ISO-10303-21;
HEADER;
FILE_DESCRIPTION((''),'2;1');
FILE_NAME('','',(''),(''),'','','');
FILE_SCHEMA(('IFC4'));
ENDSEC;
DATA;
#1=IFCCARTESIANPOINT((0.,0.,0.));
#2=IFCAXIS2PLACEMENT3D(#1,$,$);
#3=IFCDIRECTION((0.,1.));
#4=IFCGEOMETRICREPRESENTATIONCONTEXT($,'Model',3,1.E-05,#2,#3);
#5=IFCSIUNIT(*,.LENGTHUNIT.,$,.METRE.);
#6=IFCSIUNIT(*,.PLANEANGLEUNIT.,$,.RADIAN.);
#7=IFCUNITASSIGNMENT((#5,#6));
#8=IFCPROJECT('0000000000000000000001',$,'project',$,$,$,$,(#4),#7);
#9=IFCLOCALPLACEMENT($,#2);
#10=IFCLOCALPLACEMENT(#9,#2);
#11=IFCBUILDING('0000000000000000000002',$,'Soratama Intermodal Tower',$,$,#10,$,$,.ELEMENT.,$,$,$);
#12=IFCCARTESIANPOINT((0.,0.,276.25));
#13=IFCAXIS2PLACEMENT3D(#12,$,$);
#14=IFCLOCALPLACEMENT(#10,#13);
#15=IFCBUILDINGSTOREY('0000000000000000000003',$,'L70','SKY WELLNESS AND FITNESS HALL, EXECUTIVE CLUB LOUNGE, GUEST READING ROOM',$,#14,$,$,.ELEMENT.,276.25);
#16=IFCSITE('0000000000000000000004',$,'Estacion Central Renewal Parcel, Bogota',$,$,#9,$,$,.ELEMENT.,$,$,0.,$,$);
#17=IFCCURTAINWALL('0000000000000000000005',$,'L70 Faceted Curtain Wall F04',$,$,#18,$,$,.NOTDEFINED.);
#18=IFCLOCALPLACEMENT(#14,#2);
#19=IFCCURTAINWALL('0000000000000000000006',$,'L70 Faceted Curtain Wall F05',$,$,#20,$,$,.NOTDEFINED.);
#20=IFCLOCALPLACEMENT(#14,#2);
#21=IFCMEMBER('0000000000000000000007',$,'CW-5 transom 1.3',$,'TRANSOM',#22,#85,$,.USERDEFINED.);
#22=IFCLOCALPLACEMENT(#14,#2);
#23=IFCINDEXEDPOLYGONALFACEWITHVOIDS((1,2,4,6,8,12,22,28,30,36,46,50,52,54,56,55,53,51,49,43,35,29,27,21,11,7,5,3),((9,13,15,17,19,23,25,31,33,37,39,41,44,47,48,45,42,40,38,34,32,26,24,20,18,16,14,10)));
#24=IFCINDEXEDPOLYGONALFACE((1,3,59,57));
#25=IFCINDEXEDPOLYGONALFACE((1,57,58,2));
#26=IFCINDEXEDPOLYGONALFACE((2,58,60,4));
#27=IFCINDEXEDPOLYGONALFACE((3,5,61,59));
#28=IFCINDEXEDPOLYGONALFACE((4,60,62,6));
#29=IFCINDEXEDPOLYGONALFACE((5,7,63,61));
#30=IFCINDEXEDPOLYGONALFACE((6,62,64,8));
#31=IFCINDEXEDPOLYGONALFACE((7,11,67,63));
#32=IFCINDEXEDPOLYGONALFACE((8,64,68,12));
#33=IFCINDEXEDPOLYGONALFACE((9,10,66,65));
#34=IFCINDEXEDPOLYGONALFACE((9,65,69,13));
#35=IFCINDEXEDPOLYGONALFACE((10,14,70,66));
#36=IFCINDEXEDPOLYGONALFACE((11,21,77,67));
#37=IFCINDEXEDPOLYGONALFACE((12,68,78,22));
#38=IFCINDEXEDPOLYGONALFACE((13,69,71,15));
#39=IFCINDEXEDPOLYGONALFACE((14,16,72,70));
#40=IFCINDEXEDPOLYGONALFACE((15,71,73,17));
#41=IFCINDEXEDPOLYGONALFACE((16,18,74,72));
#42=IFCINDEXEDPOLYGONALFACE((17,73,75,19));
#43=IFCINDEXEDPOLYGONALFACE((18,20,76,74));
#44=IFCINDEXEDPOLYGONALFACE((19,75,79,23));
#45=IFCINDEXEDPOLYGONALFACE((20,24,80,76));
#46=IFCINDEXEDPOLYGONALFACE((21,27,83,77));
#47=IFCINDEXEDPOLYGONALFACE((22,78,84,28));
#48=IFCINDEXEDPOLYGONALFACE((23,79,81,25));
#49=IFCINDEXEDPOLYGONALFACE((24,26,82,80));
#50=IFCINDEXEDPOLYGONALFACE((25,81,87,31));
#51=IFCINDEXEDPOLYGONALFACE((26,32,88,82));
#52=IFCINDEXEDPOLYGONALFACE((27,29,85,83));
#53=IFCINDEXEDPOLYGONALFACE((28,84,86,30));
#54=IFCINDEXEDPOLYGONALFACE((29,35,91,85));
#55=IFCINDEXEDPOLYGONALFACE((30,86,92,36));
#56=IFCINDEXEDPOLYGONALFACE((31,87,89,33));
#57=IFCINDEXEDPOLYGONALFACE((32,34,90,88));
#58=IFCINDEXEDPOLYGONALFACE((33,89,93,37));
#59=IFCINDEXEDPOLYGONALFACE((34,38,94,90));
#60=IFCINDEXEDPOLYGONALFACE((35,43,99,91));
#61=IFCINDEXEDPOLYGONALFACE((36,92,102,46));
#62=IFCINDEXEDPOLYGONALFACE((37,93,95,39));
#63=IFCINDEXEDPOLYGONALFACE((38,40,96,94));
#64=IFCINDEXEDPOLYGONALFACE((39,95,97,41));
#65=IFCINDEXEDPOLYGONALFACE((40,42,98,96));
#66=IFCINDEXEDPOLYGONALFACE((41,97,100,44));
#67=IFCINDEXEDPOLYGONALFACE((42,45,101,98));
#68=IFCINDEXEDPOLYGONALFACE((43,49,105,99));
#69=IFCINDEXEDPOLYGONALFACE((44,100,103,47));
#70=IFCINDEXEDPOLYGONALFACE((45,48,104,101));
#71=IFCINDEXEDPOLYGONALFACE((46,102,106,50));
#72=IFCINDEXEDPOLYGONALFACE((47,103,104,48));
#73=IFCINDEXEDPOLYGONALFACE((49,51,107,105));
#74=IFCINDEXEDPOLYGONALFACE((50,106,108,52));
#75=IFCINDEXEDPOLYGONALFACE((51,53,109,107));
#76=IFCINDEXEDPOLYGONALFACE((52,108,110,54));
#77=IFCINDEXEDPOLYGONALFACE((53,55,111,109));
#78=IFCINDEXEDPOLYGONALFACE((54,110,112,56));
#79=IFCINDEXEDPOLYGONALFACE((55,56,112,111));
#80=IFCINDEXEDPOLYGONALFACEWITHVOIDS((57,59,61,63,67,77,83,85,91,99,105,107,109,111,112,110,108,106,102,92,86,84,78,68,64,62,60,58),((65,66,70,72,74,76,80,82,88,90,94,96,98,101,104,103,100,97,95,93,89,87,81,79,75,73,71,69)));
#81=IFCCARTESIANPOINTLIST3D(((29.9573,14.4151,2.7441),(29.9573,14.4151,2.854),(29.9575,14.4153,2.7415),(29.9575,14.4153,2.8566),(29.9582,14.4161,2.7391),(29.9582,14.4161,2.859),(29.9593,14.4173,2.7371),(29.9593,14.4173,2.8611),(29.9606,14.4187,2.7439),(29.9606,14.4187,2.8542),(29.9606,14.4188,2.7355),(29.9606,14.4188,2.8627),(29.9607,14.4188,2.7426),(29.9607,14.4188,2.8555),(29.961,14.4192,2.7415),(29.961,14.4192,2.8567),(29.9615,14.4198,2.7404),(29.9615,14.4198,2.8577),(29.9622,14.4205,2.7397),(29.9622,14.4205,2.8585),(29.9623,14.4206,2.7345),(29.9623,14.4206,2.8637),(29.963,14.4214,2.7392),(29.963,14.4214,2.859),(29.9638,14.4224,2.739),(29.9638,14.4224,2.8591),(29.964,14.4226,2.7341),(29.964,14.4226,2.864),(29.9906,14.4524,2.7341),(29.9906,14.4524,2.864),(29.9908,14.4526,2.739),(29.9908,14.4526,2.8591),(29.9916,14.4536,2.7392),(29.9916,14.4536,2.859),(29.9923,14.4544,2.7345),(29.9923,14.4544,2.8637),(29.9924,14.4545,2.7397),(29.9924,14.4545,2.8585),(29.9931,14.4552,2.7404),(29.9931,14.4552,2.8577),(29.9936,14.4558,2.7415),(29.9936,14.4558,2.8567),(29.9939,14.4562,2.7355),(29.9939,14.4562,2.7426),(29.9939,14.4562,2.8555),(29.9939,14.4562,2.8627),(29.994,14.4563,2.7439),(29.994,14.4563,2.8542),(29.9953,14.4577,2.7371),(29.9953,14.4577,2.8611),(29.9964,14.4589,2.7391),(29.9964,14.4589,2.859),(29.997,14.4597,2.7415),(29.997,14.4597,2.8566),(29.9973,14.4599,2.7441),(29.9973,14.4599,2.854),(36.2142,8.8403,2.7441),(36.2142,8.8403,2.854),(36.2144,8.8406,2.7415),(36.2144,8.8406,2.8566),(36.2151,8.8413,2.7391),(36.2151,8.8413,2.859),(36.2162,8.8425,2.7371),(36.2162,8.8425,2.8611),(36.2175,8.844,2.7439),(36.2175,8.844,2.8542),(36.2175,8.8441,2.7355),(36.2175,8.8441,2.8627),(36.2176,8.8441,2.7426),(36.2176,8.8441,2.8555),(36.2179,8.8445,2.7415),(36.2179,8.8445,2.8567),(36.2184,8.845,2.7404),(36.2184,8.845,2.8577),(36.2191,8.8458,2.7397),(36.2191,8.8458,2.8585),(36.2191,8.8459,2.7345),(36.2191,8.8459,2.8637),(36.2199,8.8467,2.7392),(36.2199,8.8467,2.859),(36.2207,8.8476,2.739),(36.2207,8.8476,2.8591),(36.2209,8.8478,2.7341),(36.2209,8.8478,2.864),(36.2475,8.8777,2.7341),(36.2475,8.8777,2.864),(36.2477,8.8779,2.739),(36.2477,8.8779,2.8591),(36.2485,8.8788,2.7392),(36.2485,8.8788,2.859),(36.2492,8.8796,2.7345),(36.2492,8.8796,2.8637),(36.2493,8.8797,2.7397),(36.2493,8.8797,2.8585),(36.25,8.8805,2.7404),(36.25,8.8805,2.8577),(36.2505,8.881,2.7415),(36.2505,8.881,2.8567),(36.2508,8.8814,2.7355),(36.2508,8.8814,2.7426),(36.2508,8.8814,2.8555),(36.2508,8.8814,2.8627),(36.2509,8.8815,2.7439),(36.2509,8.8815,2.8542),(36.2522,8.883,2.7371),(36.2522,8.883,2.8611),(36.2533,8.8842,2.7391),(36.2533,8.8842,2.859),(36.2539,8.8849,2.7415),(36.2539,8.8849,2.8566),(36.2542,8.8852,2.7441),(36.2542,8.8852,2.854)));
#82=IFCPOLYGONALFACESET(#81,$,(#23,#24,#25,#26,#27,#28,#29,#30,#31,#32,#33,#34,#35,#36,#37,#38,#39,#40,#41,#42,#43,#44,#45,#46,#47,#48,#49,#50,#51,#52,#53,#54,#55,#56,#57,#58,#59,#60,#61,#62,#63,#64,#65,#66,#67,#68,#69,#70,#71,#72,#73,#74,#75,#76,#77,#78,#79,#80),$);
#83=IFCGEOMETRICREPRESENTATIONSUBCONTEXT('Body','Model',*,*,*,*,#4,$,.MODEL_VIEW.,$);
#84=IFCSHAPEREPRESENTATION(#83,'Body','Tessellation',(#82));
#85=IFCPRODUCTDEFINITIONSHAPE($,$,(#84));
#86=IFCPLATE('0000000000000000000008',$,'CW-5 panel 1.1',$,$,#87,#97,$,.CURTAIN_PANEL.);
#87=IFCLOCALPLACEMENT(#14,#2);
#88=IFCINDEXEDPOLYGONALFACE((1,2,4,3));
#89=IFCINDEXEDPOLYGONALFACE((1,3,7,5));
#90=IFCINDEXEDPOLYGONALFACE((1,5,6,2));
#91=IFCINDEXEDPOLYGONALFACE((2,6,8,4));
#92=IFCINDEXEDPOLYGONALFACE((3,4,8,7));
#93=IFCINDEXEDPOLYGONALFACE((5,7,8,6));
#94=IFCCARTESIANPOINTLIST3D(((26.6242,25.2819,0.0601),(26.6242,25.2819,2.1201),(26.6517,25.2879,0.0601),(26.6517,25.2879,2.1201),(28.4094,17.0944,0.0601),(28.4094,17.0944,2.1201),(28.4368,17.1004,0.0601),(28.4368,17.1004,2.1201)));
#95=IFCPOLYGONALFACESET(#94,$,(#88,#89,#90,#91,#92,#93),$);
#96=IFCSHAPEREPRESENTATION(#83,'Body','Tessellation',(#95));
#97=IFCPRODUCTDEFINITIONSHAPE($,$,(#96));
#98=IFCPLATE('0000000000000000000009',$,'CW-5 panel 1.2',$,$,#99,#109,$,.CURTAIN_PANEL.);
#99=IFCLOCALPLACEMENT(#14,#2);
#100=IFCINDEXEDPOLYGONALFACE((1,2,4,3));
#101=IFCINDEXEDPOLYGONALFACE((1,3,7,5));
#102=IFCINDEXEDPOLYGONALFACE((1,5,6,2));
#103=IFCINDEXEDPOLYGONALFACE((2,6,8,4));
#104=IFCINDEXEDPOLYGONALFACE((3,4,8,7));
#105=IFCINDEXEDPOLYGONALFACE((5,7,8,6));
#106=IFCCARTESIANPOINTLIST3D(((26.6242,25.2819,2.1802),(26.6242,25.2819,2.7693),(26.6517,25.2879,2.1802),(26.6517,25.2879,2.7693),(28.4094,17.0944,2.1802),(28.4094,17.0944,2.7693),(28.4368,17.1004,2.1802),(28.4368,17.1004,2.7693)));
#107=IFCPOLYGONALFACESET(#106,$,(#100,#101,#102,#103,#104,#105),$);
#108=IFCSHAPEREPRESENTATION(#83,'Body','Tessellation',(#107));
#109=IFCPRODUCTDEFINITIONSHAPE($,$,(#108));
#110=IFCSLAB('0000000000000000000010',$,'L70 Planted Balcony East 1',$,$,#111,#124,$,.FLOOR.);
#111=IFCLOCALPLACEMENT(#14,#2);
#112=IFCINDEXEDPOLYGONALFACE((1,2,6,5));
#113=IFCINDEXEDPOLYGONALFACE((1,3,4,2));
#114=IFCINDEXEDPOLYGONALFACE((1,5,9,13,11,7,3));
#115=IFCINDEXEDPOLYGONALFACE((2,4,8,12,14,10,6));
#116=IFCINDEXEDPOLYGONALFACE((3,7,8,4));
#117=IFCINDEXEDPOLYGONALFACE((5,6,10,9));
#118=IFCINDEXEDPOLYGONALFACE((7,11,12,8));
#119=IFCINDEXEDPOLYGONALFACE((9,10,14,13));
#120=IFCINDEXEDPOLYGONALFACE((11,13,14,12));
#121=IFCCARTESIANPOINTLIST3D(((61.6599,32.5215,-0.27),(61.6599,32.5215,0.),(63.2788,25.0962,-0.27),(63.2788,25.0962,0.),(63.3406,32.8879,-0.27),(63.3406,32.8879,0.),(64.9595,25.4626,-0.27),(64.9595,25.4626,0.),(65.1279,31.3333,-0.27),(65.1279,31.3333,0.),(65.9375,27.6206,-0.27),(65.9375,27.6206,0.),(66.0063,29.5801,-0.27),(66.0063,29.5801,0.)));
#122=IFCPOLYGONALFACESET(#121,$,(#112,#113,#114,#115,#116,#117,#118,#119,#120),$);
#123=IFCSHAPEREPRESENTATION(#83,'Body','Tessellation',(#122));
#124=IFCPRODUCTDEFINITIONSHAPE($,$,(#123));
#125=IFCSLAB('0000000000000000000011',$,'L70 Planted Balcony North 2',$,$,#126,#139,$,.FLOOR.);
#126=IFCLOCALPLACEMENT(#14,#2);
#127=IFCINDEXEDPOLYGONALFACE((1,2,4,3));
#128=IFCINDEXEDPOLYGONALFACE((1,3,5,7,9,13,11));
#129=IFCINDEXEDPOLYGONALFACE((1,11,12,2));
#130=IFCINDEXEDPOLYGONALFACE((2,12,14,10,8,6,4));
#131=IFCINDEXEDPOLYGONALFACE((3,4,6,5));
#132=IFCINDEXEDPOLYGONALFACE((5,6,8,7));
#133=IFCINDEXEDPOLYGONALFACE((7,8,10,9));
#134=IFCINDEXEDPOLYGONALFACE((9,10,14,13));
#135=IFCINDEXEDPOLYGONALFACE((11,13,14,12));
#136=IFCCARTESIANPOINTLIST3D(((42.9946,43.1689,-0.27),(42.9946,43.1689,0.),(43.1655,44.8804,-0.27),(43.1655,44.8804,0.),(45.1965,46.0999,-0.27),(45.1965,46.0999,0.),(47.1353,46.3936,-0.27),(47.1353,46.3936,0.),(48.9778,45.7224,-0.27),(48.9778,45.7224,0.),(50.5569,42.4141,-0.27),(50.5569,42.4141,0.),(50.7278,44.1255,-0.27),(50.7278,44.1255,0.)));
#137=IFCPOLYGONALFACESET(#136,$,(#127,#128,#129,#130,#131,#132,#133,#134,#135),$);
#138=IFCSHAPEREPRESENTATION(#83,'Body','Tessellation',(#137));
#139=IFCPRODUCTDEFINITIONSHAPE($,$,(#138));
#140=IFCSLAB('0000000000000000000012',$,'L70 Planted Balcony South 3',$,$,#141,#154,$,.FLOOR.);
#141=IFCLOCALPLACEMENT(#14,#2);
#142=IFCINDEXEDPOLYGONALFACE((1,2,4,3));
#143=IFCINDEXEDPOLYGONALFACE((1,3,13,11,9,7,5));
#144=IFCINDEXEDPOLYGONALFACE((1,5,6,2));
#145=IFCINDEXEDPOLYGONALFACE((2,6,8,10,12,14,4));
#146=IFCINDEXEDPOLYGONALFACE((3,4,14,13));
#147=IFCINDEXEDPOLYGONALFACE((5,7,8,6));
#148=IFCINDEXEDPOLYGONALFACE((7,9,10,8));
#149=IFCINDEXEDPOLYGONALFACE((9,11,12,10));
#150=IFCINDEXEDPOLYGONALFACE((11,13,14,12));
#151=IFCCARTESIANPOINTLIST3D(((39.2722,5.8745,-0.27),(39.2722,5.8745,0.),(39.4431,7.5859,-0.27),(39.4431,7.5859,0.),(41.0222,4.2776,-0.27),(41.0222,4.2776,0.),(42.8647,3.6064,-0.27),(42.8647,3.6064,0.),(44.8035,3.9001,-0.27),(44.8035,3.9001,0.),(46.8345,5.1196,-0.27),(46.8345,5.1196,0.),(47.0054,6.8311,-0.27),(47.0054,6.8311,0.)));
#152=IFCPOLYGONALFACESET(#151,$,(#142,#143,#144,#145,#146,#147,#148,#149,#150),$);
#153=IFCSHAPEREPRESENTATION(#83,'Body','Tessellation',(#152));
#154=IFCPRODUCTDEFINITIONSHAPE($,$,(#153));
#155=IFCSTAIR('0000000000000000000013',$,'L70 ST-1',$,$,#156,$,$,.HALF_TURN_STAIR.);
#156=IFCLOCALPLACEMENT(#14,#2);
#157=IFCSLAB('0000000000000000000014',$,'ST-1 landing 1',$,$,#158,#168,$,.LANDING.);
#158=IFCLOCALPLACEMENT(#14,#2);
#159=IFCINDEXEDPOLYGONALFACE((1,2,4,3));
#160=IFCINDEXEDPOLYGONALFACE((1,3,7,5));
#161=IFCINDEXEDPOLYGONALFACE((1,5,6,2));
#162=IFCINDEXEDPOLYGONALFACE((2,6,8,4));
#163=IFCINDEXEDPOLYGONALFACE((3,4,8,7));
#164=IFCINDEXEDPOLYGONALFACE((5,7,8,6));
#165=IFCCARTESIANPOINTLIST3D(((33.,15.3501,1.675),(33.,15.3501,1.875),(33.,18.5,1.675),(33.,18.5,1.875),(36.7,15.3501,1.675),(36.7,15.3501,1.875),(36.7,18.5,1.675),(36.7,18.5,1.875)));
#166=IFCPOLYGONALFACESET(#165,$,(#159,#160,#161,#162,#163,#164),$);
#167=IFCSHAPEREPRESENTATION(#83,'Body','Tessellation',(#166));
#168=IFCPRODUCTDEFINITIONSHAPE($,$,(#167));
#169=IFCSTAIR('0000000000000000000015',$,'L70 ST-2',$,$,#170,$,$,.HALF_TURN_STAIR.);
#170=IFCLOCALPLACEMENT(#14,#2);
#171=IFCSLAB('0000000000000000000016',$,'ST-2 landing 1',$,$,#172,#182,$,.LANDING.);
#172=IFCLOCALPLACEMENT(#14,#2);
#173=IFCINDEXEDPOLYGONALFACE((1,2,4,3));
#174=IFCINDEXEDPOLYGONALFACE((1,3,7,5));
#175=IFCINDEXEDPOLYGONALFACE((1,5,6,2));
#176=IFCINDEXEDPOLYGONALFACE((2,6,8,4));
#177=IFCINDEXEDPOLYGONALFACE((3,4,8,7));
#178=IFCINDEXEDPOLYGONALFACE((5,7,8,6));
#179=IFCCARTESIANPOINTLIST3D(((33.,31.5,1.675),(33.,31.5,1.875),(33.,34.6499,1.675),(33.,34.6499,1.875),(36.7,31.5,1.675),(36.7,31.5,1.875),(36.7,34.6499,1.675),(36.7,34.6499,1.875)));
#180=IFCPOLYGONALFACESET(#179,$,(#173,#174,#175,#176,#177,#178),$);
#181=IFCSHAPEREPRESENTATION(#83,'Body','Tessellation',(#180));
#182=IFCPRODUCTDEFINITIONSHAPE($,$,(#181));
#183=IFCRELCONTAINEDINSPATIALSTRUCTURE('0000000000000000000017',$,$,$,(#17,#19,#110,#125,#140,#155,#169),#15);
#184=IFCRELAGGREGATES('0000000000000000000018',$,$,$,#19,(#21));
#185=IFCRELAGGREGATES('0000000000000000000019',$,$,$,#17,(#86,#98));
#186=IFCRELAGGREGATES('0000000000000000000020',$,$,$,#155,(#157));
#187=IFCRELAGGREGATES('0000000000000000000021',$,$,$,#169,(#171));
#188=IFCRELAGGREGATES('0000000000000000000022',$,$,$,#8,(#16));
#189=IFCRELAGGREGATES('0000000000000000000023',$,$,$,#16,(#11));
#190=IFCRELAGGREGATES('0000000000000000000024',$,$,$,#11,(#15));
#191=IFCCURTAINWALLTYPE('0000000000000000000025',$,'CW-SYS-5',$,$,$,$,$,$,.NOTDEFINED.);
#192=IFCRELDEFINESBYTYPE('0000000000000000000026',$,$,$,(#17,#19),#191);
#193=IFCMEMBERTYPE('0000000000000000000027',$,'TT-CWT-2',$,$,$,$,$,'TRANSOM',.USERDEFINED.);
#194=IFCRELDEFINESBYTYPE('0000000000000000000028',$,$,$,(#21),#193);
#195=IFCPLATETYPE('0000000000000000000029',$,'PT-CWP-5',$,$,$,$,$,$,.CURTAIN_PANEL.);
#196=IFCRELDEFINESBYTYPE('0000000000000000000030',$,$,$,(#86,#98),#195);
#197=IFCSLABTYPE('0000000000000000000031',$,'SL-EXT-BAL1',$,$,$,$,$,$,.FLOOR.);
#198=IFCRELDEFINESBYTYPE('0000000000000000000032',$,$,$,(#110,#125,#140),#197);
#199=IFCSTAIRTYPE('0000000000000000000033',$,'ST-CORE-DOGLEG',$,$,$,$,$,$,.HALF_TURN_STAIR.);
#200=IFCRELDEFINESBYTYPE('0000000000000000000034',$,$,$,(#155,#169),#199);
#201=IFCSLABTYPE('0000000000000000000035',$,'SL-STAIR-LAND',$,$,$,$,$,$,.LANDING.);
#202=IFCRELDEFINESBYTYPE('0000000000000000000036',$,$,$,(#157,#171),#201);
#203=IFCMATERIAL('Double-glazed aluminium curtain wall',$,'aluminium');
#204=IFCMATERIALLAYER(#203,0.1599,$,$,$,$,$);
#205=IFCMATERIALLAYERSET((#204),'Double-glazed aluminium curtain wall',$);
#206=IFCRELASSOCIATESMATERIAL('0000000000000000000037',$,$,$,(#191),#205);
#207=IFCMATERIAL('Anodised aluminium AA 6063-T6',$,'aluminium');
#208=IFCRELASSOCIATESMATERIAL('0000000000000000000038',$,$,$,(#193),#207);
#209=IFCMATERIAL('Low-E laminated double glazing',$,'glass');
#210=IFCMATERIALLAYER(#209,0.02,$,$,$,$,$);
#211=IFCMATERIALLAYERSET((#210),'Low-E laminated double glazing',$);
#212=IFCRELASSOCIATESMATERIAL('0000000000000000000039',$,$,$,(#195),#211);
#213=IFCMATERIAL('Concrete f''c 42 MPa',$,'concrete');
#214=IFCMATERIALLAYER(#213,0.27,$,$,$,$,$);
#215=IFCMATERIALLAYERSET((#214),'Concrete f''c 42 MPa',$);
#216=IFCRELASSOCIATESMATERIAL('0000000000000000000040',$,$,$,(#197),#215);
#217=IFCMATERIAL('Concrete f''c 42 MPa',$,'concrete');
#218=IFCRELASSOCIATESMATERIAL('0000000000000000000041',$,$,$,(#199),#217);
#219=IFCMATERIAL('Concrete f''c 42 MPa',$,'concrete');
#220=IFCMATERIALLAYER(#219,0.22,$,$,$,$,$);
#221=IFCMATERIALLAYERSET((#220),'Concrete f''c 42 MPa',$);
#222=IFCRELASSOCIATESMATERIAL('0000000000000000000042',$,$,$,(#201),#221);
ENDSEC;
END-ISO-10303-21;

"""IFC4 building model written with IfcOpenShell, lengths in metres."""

from ifc_helpers import new_model, si_unit, direction, frame, origin, origin_2d, place, context, subcontext, project, spatial, polyline, rectangle, hollow_rectangle, outline, extrude, material, layer, layer_set, material_profile, profile_set, type_object, element, aggregate, save


model = new_model("IFC4")

# Units and contexts
model_context = context("Model", 3, precision=1e-05, world=origin(), true_north=direction((0.0, 1.0)))
body_context = subcontext(model_context, "Body", "Model", "MODEL_VIEW")
ifc_project = project(units=[si_unit("LENGTHUNIT", "METRE"), si_unit("PLANEANGLEUNIT", "RADIAN")], contexts=[model_context])

# Site, building, storey
site_placement = place(None, origin())
site = spatial("IfcSite", under=ifc_project, at=site_placement, Name="Estacion Central Renewal Parcel, Bogota", CompositionType="ELEMENT", RefElevation=0.0)
building_placement = place(site_placement, origin())
building = spatial("IfcBuilding", under=site, at=building_placement, Name="Soratama Intermodal Tower", CompositionType="ELEMENT")
storey_placement = place(building_placement, frame((0.0, 0.0, 276.25)))
storey = spatial("IfcBuildingStorey", under=building, at=storey_placement, Name="L70", Description="SKY WELLNESS AND FITNESS HALL, EXECUTIVE CLUB LOUNGE, GUEST READING ROOM", CompositionType="ELEMENT", Elevation=276.25)

# Curtain wall
ifc_material_1 = material(Name="Double-glazed aluminium curtain wall", Category="aluminium")
ifc_layer_1 = layer(ifc_material_1, 0.1599)
ifc_layer_set_1 = layer_set([ifc_layer_1], Name="Double-glazed aluminium curtain wall")
curtain_wall_type = type_object("IfcCurtainWallType", Name="CW-SYS-5", PredefinedType="NOTDEFINED", material=ifc_layer_set_1)
curtain_wall_1_placement = place(storey_placement, origin())
curtain_wall_1 = element("IfcCurtainWall", 1, at=curtain_wall_1_placement, inside=storey, type_object=curtain_wall_type, Name="L70 Faceted Curtain Wall F04", PredefinedType="NOTDEFINED")

# Curtain wall, member
curtain_wall_2_placement = place(storey_placement, origin())
curtain_wall_2 = element("IfcCurtainWall", 2, at=curtain_wall_2_placement, inside=storey, type_object=curtain_wall_type, Name="L70 Faceted Curtain Wall F05", PredefinedType="NOTDEFINED")
ifc_material_2 = material(Name="Anodised aluminium AA 6063-T6", Category="aluminium")
ifc_material_profile_1 = material_profile(ifc_material_2, hollow_rectangle(XDim=0.0601, YDim=0.1299, WallThickness=0.0049, InnerFilletRadius=0.0049, OuterFilletRadius=0.01, at=origin_2d()), Name="CWT130X60X5")
ifc_profile_set_1 = profile_set([ifc_material_profile_1], Name="Anodised aluminium AA 6063-T6")
member_type_1 = type_object("IfcMemberType", Name="TT-CWT-2", ElementType="TRANSOM", PredefinedType="USERDEFINED", material=ifc_profile_set_1)
member_1_placement = place(storey_placement, frame((29.9773, 14.4375, 2.7991), z_axis=(0.746634, -0.665235, 0.0), x_axis=(0.665235, 0.746634, 0.0)))
member_1 = element("IfcMember", 3, at=member_1_placement, type_object=member_type_1, Name="CW-5 transom 1.3", ObjectType="TRANSOM", PredefinedType="USERDEFINED", context=body_context, shape_type="SweptSolid", body=[
    extrude(hollow_rectangle(XDim=0.0601, YDim=0.1299, WallThickness=0.0049, InnerFilletRadius=0.0049, OuterFilletRadius=0.01, at=origin_2d()), origin(), (0.0, 0.0, 1.0), 8.3801),
])
aggregate(curtain_wall_2, [member_1])

# Plates
ifc_material_3 = material(Name="Low-E laminated double glazing", Category="glass")
ifc_layer_2 = layer(ifc_material_3, 0.02)
ifc_layer_set_2 = layer_set([ifc_layer_2], Name="Low-E laminated double glazing")
plate_type = type_object("IfcPlateType", Name="PT-CWP-5", PredefinedType="CURTAIN_PANEL", material=ifc_layer_set_2)
plate_1_placement = place(storey_placement, frame((27.5305, 21.1912, 0.0601), z_axis=(0.0, 0.0, 1.0), x_axis=(0.213028, -0.977046, 0.0)))
plate_1 = element("IfcPlate", 4, at=plate_1_placement, type_object=plate_type, Name="CW-5 panel 1.1", PredefinedType="CURTAIN_PANEL", context=body_context, shape_type="SweptSolid", body=[
    extrude(rectangle(XDim=8.3799, YDim=0.0281, at=origin_2d()), origin(), (0.0, 0.0, 1.0), 2.0601),
])
plate_2_placement = place(storey_placement, frame((27.5305, 21.1912, 2.1802), z_axis=(0.0, 0.0, 1.0), x_axis=(0.213028, -0.977046, 0.0)))
plate_2 = element("IfcPlate", 5, at=plate_2_placement, type_object=plate_type, Name="CW-5 panel 1.2", PredefinedType="CURTAIN_PANEL", context=body_context, shape_type="SweptSolid", body=[
    extrude(rectangle(XDim=8.3799, YDim=0.0281, at=origin_2d()), origin(), (0.0, 0.0, 1.0), 0.5891),
])
aggregate(curtain_wall_1, [plate_1, plate_2])

# Slabs
ifc_material_4 = material(Name="Concrete f'c 42 MPa", Category="concrete")
ifc_layer_3 = layer(ifc_material_4, 0.27)
ifc_layer_set_3 = layer_set([ifc_layer_3], Name="Concrete f'c 42 MPa")
slab_type_1 = type_object("IfcSlabType", Name="SL-EXT-BAL1", PredefinedType="FLOOR", material=ifc_layer_set_3)
slab_1_placement = place(storey_placement, frame((0.0, 0.0, -0.27)))
element("IfcSlab", 6, at=slab_1_placement, inside=storey, type_object=slab_type_1, Name="L70 Planted Balcony East 1", PredefinedType="FLOOR", context=body_context, shape_type="SweptSolid", body=[
    extrude(outline(polyline([(63.2788, 25.0962), (61.6599, 32.5215), (63.3406, 32.8879), (65.1279, 31.3333), (66.0063, 29.5801), (65.9375, 27.6206), (64.9595, 25.4626), (63.2788, 25.0962)])), origin(), (0.0, 0.0, 1.0), 0.27),
])
slab_2_placement = place(storey_placement, frame((0.0, 0.0, -0.27)))
element("IfcSlab", 7, at=slab_2_placement, inside=storey, type_object=slab_type_1, Name="L70 Planted Balcony North 2", PredefinedType="FLOOR", context=body_context, shape_type="SweptSolid", body=[
    extrude(outline(polyline([(50.5569, 42.4141), (42.9946, 43.1689), (43.1655, 44.8804), (45.1965, 46.0999), (47.1353, 46.3936), (48.9778, 45.7224), (50.7278, 44.1255), (50.5569, 42.4141)])), origin(), (0.0, 0.0, 1.0), 0.27),
])
slab_3_placement = place(storey_placement, frame((0.0, 0.0, -0.27)))
element("IfcSlab", 8, at=slab_3_placement, inside=storey, type_object=slab_type_1, Name="L70 Planted Balcony South 3", PredefinedType="FLOOR", context=body_context, shape_type="SweptSolid", body=[
    extrude(outline(polyline([(39.4431, 7.5859), (47.0054, 6.8311), (46.8345, 5.1196), (44.8035, 3.9001), (42.8647, 3.6064), (41.0222, 4.2776), (39.2722, 5.8745), (39.4431, 7.5859)])), origin(), (0.0, 0.0, 1.0), 0.27),
])

# Stairs, slabs
ifc_material_5 = material(Name="Concrete f'c 42 MPa", Category="concrete")
stair_type = type_object("IfcStairType", Name="ST-CORE-DOGLEG", PredefinedType="HALF_TURN_STAIR", material=ifc_material_5)
stair_1_placement = place(storey_placement, origin())
stair_1 = element("IfcStair", 9, at=stair_1_placement, inside=storey, type_object=stair_type, Name="L70 ST-1", PredefinedType="HALF_TURN_STAIR")
ifc_material_6 = material(Name="Concrete f'c 42 MPa", Category="concrete")
ifc_layer_4 = layer(ifc_material_6, 0.22)
ifc_layer_set_4 = layer_set([ifc_layer_4], Name="Concrete f'c 42 MPa")
slab_type_2 = type_object("IfcSlabType", Name="SL-STAIR-LAND", PredefinedType="LANDING", material=ifc_layer_set_4)
slab_4_placement = place(storey_placement, frame((0.0, 0.0, 1.675)))
slab_4 = element("IfcSlab", 10, at=slab_4_placement, type_object=slab_type_2, Name="ST-1 landing 1", PredefinedType="LANDING", context=body_context, shape_type="SweptSolid", body=[
    extrude(outline(polyline([(36.7, 18.5), (33.0, 18.5), (33.0, 15.3501), (36.7, 15.3501), (36.7, 18.5)])), origin(), (0.0, 0.0, 1.0), 0.2),
])
aggregate(stair_1, [slab_4])
stair_2_placement = place(storey_placement, origin())
stair_2 = element("IfcStair", 11, at=stair_2_placement, inside=storey, type_object=stair_type, Name="L70 ST-2", PredefinedType="HALF_TURN_STAIR")
slab_5_placement = place(storey_placement, frame((0.0, 0.0, 1.675)))
slab_5 = element("IfcSlab", 12, at=slab_5_placement, type_object=slab_type_2, Name="ST-2 landing 1", PredefinedType="LANDING", context=body_context, shape_type="SweptSolid", body=[
    extrude(outline(polyline([(36.7, 34.6499), (33.0, 34.6499), (33.0, 31.5), (36.7, 31.5), (36.7, 34.6499)])), origin(), (0.0, 0.0, 1.0), 0.2),
])
aggregate(stair_2, [slab_5])

save(model, "model.ifc")
